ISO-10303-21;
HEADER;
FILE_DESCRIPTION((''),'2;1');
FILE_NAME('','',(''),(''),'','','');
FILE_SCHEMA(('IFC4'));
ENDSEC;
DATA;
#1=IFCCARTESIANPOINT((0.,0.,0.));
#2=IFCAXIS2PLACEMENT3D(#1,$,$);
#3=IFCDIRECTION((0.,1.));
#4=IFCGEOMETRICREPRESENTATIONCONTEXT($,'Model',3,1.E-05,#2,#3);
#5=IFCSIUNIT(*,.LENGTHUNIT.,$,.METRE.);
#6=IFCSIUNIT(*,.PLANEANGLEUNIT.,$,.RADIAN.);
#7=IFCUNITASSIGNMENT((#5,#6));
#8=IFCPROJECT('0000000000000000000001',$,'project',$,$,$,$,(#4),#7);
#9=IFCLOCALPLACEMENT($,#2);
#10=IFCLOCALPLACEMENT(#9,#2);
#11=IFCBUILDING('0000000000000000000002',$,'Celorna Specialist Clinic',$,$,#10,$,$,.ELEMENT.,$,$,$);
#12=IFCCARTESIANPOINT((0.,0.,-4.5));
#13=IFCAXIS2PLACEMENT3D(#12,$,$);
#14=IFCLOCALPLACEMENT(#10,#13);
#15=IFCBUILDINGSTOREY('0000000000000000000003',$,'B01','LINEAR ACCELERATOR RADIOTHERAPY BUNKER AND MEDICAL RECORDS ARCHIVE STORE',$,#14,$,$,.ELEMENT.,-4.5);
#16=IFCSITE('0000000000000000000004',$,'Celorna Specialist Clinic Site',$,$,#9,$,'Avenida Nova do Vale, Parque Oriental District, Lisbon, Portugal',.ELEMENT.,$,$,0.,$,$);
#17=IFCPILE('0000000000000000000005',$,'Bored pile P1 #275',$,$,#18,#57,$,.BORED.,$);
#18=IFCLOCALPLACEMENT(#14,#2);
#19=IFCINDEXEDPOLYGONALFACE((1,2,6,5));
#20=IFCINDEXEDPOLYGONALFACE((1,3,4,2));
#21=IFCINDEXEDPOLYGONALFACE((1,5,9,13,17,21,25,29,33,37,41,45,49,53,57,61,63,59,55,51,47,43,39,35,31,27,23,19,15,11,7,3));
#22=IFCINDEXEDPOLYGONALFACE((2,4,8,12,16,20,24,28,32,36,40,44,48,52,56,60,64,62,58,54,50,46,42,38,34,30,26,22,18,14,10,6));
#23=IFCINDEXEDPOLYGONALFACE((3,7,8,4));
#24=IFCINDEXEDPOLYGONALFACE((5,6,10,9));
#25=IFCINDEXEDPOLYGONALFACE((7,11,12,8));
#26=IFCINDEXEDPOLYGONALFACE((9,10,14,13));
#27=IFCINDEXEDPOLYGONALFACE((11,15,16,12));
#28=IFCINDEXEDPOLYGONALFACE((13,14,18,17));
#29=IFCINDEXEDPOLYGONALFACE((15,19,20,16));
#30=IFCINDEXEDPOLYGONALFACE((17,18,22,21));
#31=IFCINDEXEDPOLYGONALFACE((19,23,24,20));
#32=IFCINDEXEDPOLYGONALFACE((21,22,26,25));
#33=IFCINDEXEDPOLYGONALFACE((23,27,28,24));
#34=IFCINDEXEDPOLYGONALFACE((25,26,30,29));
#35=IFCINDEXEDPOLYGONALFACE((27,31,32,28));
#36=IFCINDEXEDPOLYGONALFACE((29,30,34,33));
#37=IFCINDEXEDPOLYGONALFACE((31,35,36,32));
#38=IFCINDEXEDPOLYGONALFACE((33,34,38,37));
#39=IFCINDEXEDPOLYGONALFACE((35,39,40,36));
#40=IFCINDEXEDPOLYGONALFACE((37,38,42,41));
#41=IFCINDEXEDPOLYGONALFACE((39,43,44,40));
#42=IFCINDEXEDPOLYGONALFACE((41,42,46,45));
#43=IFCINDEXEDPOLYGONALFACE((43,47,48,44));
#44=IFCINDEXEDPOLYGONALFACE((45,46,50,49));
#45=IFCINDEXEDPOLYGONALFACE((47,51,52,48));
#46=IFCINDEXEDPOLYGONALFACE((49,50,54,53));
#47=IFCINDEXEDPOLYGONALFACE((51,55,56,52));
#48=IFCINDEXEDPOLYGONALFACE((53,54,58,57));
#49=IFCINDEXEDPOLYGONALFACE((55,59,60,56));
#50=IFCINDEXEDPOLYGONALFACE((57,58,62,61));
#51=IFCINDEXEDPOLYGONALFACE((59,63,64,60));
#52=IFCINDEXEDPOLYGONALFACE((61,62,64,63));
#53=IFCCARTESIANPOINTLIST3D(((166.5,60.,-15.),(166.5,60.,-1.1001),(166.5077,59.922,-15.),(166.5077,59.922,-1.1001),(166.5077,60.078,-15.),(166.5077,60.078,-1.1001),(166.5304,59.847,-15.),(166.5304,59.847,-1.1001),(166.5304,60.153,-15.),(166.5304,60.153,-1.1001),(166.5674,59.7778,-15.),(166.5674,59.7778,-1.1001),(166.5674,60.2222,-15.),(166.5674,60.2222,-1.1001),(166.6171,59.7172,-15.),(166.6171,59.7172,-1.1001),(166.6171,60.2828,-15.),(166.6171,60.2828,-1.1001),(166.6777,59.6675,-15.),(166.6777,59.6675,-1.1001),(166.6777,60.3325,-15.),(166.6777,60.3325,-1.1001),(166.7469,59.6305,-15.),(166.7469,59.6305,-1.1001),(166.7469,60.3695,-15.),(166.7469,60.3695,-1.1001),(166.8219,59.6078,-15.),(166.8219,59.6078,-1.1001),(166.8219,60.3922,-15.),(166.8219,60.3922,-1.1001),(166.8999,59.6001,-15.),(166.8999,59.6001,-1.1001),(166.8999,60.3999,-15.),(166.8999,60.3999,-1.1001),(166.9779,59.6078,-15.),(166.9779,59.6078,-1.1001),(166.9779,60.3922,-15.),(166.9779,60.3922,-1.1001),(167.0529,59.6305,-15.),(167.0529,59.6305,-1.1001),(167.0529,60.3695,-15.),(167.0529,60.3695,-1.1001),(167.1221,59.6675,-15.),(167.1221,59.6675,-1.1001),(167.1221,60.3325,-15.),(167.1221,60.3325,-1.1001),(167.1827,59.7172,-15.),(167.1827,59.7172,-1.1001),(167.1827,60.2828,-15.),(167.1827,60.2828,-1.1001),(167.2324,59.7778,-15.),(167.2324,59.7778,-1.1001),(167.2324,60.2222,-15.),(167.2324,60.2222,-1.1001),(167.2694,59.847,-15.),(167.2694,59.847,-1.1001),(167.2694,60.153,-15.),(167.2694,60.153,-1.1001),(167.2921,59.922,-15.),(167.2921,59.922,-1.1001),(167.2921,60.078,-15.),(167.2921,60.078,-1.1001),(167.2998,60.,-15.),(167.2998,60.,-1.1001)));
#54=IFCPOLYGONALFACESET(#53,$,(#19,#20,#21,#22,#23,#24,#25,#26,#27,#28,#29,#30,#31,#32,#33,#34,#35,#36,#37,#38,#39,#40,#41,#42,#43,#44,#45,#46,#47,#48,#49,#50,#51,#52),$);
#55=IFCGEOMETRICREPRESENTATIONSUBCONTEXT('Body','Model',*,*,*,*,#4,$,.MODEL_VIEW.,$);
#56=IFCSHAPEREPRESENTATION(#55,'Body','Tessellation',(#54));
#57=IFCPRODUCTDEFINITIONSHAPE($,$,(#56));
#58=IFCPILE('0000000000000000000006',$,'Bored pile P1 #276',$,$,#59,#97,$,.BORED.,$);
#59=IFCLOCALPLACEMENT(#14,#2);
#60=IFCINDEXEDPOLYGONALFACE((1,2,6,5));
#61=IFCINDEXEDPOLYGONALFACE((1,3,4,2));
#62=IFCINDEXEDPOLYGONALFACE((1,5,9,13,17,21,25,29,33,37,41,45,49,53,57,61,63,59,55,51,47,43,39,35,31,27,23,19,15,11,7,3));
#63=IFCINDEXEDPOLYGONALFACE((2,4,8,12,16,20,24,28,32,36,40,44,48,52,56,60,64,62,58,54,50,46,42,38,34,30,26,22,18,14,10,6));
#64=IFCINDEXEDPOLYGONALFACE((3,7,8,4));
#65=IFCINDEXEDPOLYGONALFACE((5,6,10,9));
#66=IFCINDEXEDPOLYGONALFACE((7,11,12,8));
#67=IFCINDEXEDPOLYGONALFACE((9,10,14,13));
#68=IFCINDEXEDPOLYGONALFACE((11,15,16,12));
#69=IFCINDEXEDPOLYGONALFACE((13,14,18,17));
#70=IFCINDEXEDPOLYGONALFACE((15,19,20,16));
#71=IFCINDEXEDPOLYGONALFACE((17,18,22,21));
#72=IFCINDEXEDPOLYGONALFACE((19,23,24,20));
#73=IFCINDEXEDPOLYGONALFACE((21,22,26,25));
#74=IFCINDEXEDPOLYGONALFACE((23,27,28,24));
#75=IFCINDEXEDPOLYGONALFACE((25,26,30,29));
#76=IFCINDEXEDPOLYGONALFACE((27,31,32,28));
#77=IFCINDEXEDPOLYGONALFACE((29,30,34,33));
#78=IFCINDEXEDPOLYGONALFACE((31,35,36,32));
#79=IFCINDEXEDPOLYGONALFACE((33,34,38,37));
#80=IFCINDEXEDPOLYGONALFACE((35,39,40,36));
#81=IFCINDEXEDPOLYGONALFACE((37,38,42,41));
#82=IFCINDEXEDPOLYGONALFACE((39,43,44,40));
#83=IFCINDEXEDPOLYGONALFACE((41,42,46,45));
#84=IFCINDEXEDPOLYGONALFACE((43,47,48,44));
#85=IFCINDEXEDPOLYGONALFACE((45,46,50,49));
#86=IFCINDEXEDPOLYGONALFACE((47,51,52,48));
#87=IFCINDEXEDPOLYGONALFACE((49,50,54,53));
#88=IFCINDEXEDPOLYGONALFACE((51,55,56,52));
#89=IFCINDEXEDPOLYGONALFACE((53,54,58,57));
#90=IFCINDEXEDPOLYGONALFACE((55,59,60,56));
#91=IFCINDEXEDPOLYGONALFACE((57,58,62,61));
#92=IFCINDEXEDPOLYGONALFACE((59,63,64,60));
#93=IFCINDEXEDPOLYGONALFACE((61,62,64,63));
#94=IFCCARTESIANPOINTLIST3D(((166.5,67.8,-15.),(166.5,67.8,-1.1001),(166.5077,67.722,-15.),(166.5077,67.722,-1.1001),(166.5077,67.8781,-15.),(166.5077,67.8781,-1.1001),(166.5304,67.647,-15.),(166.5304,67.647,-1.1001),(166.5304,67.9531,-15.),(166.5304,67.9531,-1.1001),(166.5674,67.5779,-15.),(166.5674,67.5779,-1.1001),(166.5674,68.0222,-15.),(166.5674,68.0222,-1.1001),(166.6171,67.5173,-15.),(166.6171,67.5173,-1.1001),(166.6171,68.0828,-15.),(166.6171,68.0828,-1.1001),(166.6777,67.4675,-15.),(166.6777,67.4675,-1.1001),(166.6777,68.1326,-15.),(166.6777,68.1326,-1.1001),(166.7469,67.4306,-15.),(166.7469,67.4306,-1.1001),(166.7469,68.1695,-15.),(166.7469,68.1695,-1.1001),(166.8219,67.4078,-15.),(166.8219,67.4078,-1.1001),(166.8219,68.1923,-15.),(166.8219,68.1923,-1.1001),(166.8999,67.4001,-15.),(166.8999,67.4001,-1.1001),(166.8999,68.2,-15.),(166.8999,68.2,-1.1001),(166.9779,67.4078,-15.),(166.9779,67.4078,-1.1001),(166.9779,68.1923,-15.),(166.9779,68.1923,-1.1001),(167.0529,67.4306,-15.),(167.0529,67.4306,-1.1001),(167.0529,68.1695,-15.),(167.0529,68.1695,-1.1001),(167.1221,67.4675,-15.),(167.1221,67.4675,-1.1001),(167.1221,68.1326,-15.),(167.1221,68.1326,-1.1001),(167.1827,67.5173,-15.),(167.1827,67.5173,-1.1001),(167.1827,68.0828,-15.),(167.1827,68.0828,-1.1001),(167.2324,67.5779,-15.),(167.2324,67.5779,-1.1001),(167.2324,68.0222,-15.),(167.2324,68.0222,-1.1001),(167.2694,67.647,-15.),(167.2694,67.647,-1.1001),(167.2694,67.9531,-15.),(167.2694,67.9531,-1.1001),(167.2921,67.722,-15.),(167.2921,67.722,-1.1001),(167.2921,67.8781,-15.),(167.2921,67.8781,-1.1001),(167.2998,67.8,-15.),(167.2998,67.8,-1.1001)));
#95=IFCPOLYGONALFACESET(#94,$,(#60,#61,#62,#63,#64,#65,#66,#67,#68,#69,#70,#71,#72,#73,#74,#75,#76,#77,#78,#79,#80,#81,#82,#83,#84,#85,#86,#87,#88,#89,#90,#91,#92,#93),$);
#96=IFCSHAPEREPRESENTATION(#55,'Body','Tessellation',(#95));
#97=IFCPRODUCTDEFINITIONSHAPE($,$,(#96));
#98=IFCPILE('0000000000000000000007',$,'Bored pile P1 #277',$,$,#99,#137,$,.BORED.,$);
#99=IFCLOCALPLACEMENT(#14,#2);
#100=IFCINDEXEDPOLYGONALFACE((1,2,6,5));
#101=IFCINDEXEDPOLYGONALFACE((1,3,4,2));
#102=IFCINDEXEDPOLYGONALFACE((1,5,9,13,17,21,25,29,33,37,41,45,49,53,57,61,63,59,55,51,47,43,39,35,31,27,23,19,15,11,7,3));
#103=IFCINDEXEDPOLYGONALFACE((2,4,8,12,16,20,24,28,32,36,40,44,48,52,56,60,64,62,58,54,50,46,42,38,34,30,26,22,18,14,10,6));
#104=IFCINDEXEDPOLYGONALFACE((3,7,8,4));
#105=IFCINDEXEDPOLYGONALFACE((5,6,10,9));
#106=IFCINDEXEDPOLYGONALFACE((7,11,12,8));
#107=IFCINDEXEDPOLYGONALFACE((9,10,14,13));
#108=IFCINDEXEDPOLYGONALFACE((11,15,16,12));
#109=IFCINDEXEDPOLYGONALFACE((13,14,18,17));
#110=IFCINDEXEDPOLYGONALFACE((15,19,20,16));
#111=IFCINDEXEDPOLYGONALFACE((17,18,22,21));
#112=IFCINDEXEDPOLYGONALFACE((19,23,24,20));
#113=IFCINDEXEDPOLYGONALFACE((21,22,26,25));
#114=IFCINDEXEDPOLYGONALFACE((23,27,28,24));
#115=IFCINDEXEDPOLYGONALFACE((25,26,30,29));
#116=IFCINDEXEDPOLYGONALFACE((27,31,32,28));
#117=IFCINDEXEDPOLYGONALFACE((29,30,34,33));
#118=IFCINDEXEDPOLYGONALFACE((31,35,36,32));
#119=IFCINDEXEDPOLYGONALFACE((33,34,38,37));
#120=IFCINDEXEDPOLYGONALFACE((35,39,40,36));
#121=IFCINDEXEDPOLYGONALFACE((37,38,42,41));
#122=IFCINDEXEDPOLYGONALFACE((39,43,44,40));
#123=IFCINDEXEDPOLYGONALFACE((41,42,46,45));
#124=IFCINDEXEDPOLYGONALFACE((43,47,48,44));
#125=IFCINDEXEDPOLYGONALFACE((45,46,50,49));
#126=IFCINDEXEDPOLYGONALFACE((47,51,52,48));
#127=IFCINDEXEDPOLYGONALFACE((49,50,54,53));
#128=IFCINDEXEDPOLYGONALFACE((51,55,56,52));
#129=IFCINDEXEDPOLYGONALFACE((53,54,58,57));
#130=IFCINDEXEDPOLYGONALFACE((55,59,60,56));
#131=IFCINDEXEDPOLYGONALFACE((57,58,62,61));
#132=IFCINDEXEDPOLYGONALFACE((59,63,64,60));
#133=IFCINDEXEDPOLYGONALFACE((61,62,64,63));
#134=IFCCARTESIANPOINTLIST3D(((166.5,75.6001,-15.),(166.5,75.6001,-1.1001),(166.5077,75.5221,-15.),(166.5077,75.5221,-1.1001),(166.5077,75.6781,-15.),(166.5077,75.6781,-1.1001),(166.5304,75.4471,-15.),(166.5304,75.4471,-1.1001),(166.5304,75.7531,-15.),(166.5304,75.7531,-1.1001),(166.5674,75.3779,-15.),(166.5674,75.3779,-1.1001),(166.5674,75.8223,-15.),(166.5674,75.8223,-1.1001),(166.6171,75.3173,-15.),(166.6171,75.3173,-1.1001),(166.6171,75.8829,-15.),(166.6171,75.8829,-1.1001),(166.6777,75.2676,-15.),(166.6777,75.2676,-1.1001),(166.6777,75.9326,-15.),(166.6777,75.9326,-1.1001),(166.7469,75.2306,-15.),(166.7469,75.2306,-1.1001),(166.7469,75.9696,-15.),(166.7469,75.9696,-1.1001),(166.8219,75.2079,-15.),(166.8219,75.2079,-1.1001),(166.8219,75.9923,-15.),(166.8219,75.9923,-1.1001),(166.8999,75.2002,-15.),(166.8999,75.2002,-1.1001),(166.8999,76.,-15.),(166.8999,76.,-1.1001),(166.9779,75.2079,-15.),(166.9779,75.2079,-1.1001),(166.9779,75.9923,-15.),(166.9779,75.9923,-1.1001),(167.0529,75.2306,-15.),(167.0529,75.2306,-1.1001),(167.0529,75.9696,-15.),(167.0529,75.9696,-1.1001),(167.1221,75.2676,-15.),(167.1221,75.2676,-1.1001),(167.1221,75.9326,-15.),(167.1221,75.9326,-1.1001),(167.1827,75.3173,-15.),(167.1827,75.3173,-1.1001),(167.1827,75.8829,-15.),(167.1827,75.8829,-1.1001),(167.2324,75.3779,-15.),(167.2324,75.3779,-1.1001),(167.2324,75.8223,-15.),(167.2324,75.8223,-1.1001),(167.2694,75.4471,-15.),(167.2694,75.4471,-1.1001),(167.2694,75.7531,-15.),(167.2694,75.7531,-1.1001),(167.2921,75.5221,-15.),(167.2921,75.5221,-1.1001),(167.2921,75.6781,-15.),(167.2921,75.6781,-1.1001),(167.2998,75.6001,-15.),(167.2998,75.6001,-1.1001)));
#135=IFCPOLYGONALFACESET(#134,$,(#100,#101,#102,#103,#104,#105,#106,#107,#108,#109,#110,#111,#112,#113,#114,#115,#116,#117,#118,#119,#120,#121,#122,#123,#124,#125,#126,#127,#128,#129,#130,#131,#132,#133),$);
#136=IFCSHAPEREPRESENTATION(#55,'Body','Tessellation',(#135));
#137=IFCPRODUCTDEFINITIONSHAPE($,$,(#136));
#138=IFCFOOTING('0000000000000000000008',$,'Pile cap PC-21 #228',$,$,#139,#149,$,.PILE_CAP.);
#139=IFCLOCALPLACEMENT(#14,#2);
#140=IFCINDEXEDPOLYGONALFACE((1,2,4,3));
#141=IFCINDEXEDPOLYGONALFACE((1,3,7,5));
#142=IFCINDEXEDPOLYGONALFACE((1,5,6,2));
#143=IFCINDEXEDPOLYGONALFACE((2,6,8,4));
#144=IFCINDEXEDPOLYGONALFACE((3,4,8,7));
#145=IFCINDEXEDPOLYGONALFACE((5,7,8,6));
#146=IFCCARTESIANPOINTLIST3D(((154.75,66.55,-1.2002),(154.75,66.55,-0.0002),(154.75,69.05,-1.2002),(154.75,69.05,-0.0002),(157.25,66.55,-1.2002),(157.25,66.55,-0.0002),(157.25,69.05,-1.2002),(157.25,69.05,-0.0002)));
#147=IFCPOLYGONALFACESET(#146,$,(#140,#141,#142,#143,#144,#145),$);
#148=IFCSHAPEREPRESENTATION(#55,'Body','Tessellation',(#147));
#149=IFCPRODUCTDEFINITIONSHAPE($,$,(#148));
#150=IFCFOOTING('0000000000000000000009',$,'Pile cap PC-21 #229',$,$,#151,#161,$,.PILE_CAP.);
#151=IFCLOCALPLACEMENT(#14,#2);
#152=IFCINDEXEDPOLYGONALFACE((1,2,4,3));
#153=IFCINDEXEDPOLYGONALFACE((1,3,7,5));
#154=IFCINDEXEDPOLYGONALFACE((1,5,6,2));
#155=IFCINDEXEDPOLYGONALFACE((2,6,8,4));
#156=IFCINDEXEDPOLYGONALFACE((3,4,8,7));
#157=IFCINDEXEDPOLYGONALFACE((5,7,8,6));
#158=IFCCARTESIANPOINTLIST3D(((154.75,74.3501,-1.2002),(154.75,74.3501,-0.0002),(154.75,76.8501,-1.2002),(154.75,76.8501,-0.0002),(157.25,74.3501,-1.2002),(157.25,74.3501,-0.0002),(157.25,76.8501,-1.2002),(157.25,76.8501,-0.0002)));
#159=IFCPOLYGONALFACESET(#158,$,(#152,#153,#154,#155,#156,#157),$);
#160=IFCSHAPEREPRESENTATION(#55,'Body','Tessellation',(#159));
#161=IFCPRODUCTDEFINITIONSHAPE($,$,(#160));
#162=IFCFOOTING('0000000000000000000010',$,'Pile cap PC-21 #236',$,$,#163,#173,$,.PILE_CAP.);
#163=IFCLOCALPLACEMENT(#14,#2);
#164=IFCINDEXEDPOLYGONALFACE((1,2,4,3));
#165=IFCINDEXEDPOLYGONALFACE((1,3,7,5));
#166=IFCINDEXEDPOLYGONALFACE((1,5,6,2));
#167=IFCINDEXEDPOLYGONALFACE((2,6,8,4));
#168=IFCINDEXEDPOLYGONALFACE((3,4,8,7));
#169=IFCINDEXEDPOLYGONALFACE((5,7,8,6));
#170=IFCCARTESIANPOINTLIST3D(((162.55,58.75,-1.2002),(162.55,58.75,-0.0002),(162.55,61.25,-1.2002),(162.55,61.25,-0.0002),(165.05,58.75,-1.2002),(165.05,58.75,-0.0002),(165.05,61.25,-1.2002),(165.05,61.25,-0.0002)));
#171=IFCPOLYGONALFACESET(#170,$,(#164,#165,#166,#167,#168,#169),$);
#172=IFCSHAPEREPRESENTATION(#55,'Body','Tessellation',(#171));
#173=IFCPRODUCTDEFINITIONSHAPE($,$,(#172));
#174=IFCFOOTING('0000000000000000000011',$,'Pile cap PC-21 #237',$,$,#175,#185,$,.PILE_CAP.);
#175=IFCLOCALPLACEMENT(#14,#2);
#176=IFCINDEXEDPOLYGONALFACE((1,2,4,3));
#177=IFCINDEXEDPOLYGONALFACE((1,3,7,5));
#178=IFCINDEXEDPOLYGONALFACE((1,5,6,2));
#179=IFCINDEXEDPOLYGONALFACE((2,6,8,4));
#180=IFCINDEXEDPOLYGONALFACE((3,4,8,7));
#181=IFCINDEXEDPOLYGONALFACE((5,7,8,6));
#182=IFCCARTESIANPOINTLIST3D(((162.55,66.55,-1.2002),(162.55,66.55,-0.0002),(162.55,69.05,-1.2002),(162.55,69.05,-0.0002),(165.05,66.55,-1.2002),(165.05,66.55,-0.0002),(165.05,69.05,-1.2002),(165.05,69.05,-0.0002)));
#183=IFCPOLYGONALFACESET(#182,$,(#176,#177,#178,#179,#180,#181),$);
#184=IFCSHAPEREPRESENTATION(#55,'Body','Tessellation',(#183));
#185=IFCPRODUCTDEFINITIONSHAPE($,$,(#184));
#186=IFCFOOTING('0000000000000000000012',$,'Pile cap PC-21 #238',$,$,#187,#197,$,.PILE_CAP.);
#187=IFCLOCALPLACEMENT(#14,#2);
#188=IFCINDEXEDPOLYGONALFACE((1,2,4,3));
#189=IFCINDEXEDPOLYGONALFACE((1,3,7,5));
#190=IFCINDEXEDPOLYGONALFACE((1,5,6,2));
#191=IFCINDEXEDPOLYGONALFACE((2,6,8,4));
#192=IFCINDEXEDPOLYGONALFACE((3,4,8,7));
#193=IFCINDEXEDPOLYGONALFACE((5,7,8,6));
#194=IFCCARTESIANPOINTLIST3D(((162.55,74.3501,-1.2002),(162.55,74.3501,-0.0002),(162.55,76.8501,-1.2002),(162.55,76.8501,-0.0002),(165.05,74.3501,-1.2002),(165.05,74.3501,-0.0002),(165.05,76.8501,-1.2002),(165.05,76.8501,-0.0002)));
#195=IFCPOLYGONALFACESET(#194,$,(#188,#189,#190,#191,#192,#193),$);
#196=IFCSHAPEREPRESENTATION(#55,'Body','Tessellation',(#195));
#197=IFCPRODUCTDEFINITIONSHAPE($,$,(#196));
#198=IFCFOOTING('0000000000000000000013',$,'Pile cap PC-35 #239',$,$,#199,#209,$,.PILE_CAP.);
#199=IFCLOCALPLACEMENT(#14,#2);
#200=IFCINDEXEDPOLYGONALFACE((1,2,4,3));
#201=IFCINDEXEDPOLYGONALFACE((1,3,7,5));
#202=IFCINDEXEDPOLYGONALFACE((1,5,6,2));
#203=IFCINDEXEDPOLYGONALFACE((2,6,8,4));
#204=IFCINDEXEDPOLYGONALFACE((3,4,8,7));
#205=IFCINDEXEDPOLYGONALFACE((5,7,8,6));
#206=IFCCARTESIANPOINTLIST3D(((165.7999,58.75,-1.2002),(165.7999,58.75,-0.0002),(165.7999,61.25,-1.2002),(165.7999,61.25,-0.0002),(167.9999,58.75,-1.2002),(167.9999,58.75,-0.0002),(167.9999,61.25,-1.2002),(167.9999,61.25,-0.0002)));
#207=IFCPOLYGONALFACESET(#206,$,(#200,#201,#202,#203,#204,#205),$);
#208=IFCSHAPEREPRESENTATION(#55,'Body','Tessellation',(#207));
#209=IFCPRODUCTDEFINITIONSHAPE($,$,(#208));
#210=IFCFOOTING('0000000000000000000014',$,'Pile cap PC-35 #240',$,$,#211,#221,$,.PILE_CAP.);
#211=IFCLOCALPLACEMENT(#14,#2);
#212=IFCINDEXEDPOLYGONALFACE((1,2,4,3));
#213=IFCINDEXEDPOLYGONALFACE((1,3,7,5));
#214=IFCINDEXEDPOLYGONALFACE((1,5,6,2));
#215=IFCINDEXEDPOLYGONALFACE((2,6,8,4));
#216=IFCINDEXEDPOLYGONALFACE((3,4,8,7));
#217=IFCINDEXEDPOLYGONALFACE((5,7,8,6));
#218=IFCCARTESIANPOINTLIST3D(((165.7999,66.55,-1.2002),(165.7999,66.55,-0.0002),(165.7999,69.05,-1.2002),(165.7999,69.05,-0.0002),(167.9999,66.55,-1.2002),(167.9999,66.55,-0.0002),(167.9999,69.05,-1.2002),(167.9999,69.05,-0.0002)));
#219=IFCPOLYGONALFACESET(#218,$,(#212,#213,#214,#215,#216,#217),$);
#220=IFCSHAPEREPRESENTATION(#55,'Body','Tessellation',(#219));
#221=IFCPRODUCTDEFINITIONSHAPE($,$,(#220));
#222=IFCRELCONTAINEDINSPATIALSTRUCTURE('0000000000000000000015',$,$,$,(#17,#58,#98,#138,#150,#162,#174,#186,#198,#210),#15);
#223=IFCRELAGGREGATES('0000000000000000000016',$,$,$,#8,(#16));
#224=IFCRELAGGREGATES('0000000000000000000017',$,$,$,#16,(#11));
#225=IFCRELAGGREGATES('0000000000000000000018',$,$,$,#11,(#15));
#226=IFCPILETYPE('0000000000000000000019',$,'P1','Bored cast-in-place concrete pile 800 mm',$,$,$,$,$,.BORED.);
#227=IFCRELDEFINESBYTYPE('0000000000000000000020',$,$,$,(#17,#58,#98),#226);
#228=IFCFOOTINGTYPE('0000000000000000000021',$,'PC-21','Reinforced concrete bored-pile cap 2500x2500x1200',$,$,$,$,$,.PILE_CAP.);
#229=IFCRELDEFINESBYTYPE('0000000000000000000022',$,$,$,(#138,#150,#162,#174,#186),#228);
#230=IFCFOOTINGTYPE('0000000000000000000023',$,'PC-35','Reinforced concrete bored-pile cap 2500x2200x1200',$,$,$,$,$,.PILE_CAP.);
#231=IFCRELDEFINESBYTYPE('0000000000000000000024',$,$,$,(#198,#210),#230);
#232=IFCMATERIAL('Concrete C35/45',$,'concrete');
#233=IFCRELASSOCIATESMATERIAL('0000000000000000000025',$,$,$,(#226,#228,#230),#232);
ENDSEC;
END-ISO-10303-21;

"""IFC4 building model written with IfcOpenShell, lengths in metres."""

from ifc_helpers import new_model, si_unit, direction, frame, origin, origin_2d, place, context, subcontext, project, spatial, rectangle, circle, extrude, material, material_profile, profile_set, type_object, element, save


model = new_model("IFC4")

# Units and contexts
model_context = context("Model", 3, precision=1e-05, world=origin(), true_north=direction((0.0, 1.0)))
body_context = subcontext(model_context, "Body", "Model", "MODEL_VIEW")
ifc_project = project(units=[si_unit("LENGTHUNIT", "METRE"), si_unit("PLANEANGLEUNIT", "RADIAN")], contexts=[model_context])

# Site, building, storey
site_placement = place(None, origin())
site = spatial("IfcSite", under=ifc_project, at=site_placement, Name="Celorna Specialist Clinic Site", LongName="Avenida Nova do Vale, Parque Oriental District, Lisbon, Portugal", CompositionType="ELEMENT", RefElevation=0.0)
building_placement = place(site_placement, origin())
building = spatial("IfcBuilding", under=site, at=building_placement, Name="Celorna Specialist Clinic", CompositionType="ELEMENT")
storey_placement = place(building_placement, frame((0.0, 0.0, -4.5)))
storey = spatial("IfcBuildingStorey", under=building, at=storey_placement, Name="B01", Description="LINEAR ACCELERATOR RADIOTHERAPY BUNKER AND MEDICAL RECORDS ARCHIVE STORE", CompositionType="ELEMENT", Elevation=-4.5)

# Shared definitions
ifc_material_1 = material(Name="Concrete C35/45", Category="concrete")

# Piles
ifc_material_profile_1 = material_profile(ifc_material_1, circle(Radius=0.3999, at=origin_2d()), Name="BORED PILE 800")
ifc_profile_set_1 = profile_set([ifc_material_profile_1], Name="Concrete C35/45")
pile_type = type_object("IfcPileType", Name="P1", Description="Bored cast-in-place concrete pile 800 mm", PredefinedType="BORED", material=ifc_profile_set_1)
for number, where, z_axis, x_axis, name in (
    (1, (166.8999, 60.0, -1.1001), (0.0, 0.0, -1.0), (1.0, 0.0, 0.0), "Bored pile P1 #275"),
    (2, (166.8999, 67.8, -1.1001), (0.0, 0.0, -1.0), (1.0, 0.0, 0.0), "Bored pile P1 #276"),
    (3, (166.8999, 75.6001, -1.1001), (0.0, 0.0, -1.0), (1.0, 0.0, 0.0), "Bored pile P1 #277"),
):
    element("IfcPile", number, at=place(storey_placement, frame(where, z_axis=z_axis, x_axis=x_axis)), inside=storey, type_object=pile_type, Name=name, PredefinedType="BORED", context=body_context, shape_type="SweptSolid", body=[
        extrude(circle(Radius=0.3999, at=origin_2d()), origin(), (0.0, 0.0, 1.0), 13.8999),
    ])

# Footings
footing_type_1 = type_object("IfcFootingType", Name="PC-21", Description="Reinforced concrete bored-pile cap 2500x2500x1200", PredefinedType="PILE_CAP", material=ifc_material_1)
for number, where, z_axis, x_axis, name in (
    (4, (156.0, 67.8, -1.2002), (0.0, 0.0, 1.0), (1.0, 0.0, 0.0), "Pile cap PC-21 #228"),
    (5, (156.0, 75.6001, -1.2002), (0.0, 0.0, 1.0), (1.0, 0.0, 0.0), "Pile cap PC-21 #229"),
    (6, (163.8, 60.0, -1.2002), (0.0, 0.0, 1.0), (1.0, 0.0, 0.0), "Pile cap PC-21 #236"),
    (7, (163.8, 67.8, -1.2002), (0.0, 0.0, 1.0), (1.0, 0.0, 0.0), "Pile cap PC-21 #237"),
    (8, (163.8, 75.6001, -1.2002), (0.0, 0.0, 1.0), (1.0, 0.0, 0.0), "Pile cap PC-21 #238"),
):
    element("IfcFooting", number, at=place(storey_placement, frame(where, z_axis=z_axis, x_axis=x_axis)), inside=storey, type_object=footing_type_1, Name=name, PredefinedType="PILE_CAP", context=body_context, shape_type="SweptSolid", body=[
        extrude(rectangle(XDim=2.5, YDim=2.5, at=origin_2d()), origin(), (0.0, 0.0, 1.0), 1.2),
    ])
footing_type_2 = type_object("IfcFootingType", Name="PC-35", Description="Reinforced concrete bored-pile cap 2500x2200x1200", PredefinedType="PILE_CAP", material=ifc_material_1)
for number, where, z_axis, x_axis, name in (
    (9, (166.8999, 60.0, -1.2002), (0.0, 0.0, 1.0), (1.0, 0.0, 0.0), "Pile cap PC-35 #239"),
    (10, (166.8999, 67.8, -1.2002), (0.0, 0.0, 1.0), (1.0, 0.0, 0.0), "Pile cap PC-35 #240"),
):
    element("IfcFooting", number, at=place(storey_placement, frame(where, z_axis=z_axis, x_axis=x_axis)), inside=storey, type_object=footing_type_2, Name=name, PredefinedType="PILE_CAP", context=body_context, shape_type="SweptSolid", body=[
        extrude(rectangle(XDim=2.2, YDim=2.5, at=origin_2d()), origin(), (0.0, 0.0, 1.0), 1.2),
    ])

save(model, "model.ifc")
